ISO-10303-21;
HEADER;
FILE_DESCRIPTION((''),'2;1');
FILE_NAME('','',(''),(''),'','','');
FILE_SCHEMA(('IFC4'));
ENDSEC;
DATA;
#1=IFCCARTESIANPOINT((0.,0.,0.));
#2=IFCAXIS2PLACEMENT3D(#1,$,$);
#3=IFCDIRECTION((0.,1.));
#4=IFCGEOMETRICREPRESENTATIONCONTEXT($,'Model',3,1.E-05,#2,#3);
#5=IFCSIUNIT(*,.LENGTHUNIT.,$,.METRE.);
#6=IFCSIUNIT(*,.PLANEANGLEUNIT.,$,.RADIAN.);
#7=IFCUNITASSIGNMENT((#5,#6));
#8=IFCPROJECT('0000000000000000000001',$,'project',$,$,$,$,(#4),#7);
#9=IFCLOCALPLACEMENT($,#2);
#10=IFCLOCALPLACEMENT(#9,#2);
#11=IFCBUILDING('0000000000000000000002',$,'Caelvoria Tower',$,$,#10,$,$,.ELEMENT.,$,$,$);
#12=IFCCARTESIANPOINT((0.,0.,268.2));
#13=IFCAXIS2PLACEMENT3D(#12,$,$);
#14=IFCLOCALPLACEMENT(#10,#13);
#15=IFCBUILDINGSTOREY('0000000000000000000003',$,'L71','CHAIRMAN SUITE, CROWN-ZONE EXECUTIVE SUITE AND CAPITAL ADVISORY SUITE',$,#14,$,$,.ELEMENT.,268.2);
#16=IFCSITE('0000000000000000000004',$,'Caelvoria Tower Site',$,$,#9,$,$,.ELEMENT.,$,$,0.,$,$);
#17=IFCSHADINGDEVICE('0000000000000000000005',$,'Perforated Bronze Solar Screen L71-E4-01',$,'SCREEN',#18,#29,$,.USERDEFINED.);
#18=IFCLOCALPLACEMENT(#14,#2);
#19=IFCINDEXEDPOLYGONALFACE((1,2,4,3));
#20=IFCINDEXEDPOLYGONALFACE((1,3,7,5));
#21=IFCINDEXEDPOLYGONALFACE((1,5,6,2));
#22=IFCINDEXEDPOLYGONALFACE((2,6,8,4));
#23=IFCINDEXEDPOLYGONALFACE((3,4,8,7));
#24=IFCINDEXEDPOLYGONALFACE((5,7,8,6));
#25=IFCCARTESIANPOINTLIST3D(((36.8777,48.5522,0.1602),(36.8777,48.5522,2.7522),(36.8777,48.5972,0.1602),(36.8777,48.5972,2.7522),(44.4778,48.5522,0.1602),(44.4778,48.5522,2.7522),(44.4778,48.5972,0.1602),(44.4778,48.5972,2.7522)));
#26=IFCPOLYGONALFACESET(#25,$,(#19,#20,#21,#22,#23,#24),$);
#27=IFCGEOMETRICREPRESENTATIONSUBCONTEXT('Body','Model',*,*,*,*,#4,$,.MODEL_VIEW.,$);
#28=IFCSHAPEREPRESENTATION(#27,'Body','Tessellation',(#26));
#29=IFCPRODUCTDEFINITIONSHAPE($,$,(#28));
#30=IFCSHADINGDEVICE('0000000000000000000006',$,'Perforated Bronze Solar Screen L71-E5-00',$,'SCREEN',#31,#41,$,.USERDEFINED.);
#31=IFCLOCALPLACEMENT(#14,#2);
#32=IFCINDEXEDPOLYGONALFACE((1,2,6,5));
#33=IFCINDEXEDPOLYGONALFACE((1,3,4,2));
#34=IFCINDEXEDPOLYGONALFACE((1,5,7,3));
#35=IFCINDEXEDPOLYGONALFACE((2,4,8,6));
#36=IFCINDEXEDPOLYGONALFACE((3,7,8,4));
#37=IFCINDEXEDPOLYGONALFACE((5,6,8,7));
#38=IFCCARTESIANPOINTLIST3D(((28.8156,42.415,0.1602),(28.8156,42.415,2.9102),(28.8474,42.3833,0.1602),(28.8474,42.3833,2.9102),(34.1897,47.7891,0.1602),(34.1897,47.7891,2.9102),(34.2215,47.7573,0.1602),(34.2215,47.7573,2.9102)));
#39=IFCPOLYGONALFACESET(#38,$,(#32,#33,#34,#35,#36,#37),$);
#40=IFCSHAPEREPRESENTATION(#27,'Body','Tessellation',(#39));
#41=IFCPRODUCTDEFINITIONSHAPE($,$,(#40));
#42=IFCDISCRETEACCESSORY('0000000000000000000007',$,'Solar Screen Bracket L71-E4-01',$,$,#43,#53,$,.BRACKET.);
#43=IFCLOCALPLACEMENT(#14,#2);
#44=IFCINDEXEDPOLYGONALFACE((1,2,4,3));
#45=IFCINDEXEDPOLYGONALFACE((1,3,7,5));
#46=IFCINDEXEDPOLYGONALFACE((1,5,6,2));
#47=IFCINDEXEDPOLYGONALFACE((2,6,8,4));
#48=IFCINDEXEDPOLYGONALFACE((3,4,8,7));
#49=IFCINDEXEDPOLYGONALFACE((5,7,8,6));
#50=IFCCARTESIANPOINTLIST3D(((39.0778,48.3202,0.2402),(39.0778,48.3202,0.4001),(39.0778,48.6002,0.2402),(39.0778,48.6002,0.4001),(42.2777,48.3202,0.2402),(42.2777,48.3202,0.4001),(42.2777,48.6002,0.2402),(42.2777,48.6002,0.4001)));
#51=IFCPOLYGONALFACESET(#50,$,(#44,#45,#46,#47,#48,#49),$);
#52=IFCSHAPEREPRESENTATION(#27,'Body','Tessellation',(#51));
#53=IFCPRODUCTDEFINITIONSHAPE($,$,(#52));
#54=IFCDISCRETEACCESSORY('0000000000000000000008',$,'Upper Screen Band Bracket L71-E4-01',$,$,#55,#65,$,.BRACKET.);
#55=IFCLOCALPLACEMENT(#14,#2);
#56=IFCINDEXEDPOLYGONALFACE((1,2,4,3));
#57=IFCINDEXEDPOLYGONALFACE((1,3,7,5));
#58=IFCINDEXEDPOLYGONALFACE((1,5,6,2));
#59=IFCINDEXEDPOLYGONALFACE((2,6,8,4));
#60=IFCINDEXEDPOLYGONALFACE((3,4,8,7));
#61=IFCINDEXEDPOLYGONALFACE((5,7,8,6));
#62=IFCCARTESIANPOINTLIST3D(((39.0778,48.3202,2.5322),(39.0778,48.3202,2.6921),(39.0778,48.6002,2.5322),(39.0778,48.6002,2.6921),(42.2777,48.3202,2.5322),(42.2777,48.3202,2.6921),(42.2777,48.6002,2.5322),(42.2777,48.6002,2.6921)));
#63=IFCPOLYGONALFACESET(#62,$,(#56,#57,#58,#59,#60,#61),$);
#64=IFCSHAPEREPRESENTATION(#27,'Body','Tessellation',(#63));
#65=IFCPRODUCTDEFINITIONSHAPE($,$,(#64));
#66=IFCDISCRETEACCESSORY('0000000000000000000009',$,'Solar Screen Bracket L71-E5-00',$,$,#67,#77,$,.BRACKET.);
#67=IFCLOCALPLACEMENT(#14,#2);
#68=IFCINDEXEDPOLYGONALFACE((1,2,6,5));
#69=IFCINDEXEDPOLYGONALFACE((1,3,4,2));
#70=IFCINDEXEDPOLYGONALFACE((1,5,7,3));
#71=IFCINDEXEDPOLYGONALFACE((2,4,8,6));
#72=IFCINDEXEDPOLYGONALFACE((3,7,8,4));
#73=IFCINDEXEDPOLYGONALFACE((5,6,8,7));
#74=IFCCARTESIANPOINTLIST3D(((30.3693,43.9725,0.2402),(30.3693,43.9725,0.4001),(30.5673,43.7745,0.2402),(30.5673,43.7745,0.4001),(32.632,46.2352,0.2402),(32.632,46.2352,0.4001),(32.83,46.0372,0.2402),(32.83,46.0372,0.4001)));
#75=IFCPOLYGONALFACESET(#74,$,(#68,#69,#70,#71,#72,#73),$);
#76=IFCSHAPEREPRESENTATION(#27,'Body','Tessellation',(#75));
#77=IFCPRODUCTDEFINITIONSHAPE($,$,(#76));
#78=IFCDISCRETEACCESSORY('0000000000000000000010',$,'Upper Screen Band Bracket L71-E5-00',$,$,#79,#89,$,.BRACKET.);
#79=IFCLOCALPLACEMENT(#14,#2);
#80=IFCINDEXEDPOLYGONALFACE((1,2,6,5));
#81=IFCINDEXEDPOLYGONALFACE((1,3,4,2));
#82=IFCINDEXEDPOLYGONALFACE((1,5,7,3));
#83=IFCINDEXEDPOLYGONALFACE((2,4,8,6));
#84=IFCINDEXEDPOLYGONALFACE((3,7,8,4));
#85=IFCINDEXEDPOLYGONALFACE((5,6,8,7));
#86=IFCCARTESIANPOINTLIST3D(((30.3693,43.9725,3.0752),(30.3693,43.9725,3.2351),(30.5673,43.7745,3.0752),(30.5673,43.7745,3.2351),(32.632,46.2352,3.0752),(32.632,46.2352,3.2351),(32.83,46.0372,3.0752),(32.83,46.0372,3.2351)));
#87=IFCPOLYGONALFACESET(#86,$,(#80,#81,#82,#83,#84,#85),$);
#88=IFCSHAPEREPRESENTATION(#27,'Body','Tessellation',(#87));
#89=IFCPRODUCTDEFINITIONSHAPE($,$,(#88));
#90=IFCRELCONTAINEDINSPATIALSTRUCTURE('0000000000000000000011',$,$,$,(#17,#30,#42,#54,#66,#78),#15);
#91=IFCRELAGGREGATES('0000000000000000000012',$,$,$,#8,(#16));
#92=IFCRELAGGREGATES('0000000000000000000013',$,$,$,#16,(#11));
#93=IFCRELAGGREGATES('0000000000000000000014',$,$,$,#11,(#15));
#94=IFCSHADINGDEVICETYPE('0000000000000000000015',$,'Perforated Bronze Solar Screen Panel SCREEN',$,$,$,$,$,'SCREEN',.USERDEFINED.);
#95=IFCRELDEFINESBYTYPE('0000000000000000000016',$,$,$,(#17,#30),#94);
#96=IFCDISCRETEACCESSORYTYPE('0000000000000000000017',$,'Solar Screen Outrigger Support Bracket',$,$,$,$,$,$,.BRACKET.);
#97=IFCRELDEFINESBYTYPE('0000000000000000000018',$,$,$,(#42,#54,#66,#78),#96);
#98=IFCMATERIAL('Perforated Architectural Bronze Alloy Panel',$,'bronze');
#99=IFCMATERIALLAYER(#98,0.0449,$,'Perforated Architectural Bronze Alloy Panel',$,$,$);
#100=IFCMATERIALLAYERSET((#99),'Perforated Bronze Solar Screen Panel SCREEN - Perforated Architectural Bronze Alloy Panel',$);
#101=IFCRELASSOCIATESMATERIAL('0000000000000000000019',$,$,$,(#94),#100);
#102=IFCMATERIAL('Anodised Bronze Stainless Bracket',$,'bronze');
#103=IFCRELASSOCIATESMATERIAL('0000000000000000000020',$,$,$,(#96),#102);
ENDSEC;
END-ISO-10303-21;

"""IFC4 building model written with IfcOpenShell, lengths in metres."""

from ifc_helpers import new_model, si_unit, direction, frame, origin, origin_2d, place, context, subcontext, project, spatial, rectangle, extrude, material, layer, layer_set, type_object, element, save


model = new_model("IFC4")

# Units and contexts
model_context = context("Model", 3, precision=1e-05, world=origin(), true_north=direction((0.0, 1.0)))
body_context = subcontext(model_context, "Body", "Model", "MODEL_VIEW")
ifc_project = project(units=[si_unit("LENGTHUNIT", "METRE"), si_unit("PLANEANGLEUNIT", "RADIAN")], contexts=[model_context])

# Site, building, storey
site_placement = place(None, origin())
site = spatial("IfcSite", under=ifc_project, at=site_placement, Name="Caelvoria Tower Site", CompositionType="ELEMENT", RefElevation=0.0)
building_placement = place(site_placement, origin())
building = spatial("IfcBuilding", under=site, at=building_placement, Name="Caelvoria Tower", CompositionType="ELEMENT")
storey_placement = place(building_placement, frame((0.0, 0.0, 268.2)))
storey = spatial("IfcBuildingStorey", under=building, at=storey_placement, Name="L71", Description="CHAIRMAN SUITE, CROWN-ZONE EXECUTIVE SUITE AND CAPITAL ADVISORY SUITE", CompositionType="ELEMENT", Elevation=268.2)

# Shading devices
ifc_material_1 = material(Name="Perforated Architectural Bronze Alloy Panel", Category="bronze")
ifc_layer_1 = layer(ifc_material_1, 0.0449, Name="Perforated Architectural Bronze Alloy Panel")
ifc_layer_set_1 = layer_set([ifc_layer_1], Name="Perforated Bronze Solar Screen Panel SCREEN - Perforated Architectural Bronze Alloy Panel")
shading_device_type = type_object("IfcShadingDeviceType", Name="Perforated Bronze Solar Screen Panel SCREEN", ElementType="SCREEN", PredefinedType="USERDEFINED", material=ifc_layer_set_1)
shading_device_1_placement = place(storey_placement, frame((40.6777, 48.5747, 0.1602), z_axis=(0.0, 0.0, 1.0), x_axis=(-1.0, 0.0, 0.0)))
element("IfcShadingDevice", 1, at=shading_device_1_placement, inside=storey, type_object=shading_device_type, Name="Perforated Bronze Solar Screen L71-E4-01", ObjectType="SCREEN", PredefinedType="USERDEFINED", context=body_context, shape_type="SweptSolid", body=[
    extrude(rectangle(XDim=7.6001, YDim=0.0449, at=origin_2d()), origin(), (0.0, 0.0, 1.0), 2.592),
])
shading_device_2_placement = place(storey_placement, frame((31.5186, 45.0862, 0.1602), z_axis=(0.0, 0.0, 1.0), x_axis=(-0.707107, -0.707107, 0.0)))
element("IfcShadingDevice", 2, at=shading_device_2_placement, inside=storey, type_object=shading_device_type, Name="Perforated Bronze Solar Screen L71-E5-00", ObjectType="SCREEN", PredefinedType="USERDEFINED", context=body_context, shape_type="SweptSolid", body=[
    extrude(rectangle(XDim=7.6001, YDim=0.0449, at=origin_2d()), origin(), (0.0, 0.0, 1.0), 2.75),
])

# Discrete accessories
ifc_material_2 = material(Name="Anodised Bronze Stainless Bracket", Category="bronze")
discrete_accessory_type = type_object("IfcDiscreteAccessoryType", Name="Solar Screen Outrigger Support Bracket", PredefinedType="BRACKET", material=ifc_material_2)
for number, where, z_axis, x_axis, name in (
    (3, (40.6777, 48.4602, 0.2402), (0.0, 0.0, 1.0), (-1.0, 0.0, 0.0), "Solar Screen Bracket L71-E4-01"),
    (4, (40.6777, 48.4602, 2.5322), (0.0, 0.0, 1.0), (-1.0, 0.0, 0.0), "Upper Screen Band Bracket L71-E4-01"),
    (5, (31.5996, 45.0049, 0.2402), (0.0, 0.0, 1.0), (-0.707107, -0.707107, 0.0), "Solar Screen Bracket L71-E5-00"),
    (6, (31.5996, 45.0049, 3.0752), (0.0, 0.0, 1.0), (-0.707107, -0.707107, 0.0), "Upper Screen Band Bracket L71-E5-00"),
):
    element("IfcDiscreteAccessory", number, at=place(storey_placement, frame(where, z_axis=z_axis, x_axis=x_axis)), inside=storey, type_object=discrete_accessory_type, Name=name, PredefinedType="BRACKET", context=body_context, shape_type="SweptSolid", body=[
        extrude(rectangle(XDim=3.2, YDim=0.28, at=origin_2d()), origin(), (0.0, 0.0, 1.0), 0.1599),
    ])

save(model, "model.ifc")
